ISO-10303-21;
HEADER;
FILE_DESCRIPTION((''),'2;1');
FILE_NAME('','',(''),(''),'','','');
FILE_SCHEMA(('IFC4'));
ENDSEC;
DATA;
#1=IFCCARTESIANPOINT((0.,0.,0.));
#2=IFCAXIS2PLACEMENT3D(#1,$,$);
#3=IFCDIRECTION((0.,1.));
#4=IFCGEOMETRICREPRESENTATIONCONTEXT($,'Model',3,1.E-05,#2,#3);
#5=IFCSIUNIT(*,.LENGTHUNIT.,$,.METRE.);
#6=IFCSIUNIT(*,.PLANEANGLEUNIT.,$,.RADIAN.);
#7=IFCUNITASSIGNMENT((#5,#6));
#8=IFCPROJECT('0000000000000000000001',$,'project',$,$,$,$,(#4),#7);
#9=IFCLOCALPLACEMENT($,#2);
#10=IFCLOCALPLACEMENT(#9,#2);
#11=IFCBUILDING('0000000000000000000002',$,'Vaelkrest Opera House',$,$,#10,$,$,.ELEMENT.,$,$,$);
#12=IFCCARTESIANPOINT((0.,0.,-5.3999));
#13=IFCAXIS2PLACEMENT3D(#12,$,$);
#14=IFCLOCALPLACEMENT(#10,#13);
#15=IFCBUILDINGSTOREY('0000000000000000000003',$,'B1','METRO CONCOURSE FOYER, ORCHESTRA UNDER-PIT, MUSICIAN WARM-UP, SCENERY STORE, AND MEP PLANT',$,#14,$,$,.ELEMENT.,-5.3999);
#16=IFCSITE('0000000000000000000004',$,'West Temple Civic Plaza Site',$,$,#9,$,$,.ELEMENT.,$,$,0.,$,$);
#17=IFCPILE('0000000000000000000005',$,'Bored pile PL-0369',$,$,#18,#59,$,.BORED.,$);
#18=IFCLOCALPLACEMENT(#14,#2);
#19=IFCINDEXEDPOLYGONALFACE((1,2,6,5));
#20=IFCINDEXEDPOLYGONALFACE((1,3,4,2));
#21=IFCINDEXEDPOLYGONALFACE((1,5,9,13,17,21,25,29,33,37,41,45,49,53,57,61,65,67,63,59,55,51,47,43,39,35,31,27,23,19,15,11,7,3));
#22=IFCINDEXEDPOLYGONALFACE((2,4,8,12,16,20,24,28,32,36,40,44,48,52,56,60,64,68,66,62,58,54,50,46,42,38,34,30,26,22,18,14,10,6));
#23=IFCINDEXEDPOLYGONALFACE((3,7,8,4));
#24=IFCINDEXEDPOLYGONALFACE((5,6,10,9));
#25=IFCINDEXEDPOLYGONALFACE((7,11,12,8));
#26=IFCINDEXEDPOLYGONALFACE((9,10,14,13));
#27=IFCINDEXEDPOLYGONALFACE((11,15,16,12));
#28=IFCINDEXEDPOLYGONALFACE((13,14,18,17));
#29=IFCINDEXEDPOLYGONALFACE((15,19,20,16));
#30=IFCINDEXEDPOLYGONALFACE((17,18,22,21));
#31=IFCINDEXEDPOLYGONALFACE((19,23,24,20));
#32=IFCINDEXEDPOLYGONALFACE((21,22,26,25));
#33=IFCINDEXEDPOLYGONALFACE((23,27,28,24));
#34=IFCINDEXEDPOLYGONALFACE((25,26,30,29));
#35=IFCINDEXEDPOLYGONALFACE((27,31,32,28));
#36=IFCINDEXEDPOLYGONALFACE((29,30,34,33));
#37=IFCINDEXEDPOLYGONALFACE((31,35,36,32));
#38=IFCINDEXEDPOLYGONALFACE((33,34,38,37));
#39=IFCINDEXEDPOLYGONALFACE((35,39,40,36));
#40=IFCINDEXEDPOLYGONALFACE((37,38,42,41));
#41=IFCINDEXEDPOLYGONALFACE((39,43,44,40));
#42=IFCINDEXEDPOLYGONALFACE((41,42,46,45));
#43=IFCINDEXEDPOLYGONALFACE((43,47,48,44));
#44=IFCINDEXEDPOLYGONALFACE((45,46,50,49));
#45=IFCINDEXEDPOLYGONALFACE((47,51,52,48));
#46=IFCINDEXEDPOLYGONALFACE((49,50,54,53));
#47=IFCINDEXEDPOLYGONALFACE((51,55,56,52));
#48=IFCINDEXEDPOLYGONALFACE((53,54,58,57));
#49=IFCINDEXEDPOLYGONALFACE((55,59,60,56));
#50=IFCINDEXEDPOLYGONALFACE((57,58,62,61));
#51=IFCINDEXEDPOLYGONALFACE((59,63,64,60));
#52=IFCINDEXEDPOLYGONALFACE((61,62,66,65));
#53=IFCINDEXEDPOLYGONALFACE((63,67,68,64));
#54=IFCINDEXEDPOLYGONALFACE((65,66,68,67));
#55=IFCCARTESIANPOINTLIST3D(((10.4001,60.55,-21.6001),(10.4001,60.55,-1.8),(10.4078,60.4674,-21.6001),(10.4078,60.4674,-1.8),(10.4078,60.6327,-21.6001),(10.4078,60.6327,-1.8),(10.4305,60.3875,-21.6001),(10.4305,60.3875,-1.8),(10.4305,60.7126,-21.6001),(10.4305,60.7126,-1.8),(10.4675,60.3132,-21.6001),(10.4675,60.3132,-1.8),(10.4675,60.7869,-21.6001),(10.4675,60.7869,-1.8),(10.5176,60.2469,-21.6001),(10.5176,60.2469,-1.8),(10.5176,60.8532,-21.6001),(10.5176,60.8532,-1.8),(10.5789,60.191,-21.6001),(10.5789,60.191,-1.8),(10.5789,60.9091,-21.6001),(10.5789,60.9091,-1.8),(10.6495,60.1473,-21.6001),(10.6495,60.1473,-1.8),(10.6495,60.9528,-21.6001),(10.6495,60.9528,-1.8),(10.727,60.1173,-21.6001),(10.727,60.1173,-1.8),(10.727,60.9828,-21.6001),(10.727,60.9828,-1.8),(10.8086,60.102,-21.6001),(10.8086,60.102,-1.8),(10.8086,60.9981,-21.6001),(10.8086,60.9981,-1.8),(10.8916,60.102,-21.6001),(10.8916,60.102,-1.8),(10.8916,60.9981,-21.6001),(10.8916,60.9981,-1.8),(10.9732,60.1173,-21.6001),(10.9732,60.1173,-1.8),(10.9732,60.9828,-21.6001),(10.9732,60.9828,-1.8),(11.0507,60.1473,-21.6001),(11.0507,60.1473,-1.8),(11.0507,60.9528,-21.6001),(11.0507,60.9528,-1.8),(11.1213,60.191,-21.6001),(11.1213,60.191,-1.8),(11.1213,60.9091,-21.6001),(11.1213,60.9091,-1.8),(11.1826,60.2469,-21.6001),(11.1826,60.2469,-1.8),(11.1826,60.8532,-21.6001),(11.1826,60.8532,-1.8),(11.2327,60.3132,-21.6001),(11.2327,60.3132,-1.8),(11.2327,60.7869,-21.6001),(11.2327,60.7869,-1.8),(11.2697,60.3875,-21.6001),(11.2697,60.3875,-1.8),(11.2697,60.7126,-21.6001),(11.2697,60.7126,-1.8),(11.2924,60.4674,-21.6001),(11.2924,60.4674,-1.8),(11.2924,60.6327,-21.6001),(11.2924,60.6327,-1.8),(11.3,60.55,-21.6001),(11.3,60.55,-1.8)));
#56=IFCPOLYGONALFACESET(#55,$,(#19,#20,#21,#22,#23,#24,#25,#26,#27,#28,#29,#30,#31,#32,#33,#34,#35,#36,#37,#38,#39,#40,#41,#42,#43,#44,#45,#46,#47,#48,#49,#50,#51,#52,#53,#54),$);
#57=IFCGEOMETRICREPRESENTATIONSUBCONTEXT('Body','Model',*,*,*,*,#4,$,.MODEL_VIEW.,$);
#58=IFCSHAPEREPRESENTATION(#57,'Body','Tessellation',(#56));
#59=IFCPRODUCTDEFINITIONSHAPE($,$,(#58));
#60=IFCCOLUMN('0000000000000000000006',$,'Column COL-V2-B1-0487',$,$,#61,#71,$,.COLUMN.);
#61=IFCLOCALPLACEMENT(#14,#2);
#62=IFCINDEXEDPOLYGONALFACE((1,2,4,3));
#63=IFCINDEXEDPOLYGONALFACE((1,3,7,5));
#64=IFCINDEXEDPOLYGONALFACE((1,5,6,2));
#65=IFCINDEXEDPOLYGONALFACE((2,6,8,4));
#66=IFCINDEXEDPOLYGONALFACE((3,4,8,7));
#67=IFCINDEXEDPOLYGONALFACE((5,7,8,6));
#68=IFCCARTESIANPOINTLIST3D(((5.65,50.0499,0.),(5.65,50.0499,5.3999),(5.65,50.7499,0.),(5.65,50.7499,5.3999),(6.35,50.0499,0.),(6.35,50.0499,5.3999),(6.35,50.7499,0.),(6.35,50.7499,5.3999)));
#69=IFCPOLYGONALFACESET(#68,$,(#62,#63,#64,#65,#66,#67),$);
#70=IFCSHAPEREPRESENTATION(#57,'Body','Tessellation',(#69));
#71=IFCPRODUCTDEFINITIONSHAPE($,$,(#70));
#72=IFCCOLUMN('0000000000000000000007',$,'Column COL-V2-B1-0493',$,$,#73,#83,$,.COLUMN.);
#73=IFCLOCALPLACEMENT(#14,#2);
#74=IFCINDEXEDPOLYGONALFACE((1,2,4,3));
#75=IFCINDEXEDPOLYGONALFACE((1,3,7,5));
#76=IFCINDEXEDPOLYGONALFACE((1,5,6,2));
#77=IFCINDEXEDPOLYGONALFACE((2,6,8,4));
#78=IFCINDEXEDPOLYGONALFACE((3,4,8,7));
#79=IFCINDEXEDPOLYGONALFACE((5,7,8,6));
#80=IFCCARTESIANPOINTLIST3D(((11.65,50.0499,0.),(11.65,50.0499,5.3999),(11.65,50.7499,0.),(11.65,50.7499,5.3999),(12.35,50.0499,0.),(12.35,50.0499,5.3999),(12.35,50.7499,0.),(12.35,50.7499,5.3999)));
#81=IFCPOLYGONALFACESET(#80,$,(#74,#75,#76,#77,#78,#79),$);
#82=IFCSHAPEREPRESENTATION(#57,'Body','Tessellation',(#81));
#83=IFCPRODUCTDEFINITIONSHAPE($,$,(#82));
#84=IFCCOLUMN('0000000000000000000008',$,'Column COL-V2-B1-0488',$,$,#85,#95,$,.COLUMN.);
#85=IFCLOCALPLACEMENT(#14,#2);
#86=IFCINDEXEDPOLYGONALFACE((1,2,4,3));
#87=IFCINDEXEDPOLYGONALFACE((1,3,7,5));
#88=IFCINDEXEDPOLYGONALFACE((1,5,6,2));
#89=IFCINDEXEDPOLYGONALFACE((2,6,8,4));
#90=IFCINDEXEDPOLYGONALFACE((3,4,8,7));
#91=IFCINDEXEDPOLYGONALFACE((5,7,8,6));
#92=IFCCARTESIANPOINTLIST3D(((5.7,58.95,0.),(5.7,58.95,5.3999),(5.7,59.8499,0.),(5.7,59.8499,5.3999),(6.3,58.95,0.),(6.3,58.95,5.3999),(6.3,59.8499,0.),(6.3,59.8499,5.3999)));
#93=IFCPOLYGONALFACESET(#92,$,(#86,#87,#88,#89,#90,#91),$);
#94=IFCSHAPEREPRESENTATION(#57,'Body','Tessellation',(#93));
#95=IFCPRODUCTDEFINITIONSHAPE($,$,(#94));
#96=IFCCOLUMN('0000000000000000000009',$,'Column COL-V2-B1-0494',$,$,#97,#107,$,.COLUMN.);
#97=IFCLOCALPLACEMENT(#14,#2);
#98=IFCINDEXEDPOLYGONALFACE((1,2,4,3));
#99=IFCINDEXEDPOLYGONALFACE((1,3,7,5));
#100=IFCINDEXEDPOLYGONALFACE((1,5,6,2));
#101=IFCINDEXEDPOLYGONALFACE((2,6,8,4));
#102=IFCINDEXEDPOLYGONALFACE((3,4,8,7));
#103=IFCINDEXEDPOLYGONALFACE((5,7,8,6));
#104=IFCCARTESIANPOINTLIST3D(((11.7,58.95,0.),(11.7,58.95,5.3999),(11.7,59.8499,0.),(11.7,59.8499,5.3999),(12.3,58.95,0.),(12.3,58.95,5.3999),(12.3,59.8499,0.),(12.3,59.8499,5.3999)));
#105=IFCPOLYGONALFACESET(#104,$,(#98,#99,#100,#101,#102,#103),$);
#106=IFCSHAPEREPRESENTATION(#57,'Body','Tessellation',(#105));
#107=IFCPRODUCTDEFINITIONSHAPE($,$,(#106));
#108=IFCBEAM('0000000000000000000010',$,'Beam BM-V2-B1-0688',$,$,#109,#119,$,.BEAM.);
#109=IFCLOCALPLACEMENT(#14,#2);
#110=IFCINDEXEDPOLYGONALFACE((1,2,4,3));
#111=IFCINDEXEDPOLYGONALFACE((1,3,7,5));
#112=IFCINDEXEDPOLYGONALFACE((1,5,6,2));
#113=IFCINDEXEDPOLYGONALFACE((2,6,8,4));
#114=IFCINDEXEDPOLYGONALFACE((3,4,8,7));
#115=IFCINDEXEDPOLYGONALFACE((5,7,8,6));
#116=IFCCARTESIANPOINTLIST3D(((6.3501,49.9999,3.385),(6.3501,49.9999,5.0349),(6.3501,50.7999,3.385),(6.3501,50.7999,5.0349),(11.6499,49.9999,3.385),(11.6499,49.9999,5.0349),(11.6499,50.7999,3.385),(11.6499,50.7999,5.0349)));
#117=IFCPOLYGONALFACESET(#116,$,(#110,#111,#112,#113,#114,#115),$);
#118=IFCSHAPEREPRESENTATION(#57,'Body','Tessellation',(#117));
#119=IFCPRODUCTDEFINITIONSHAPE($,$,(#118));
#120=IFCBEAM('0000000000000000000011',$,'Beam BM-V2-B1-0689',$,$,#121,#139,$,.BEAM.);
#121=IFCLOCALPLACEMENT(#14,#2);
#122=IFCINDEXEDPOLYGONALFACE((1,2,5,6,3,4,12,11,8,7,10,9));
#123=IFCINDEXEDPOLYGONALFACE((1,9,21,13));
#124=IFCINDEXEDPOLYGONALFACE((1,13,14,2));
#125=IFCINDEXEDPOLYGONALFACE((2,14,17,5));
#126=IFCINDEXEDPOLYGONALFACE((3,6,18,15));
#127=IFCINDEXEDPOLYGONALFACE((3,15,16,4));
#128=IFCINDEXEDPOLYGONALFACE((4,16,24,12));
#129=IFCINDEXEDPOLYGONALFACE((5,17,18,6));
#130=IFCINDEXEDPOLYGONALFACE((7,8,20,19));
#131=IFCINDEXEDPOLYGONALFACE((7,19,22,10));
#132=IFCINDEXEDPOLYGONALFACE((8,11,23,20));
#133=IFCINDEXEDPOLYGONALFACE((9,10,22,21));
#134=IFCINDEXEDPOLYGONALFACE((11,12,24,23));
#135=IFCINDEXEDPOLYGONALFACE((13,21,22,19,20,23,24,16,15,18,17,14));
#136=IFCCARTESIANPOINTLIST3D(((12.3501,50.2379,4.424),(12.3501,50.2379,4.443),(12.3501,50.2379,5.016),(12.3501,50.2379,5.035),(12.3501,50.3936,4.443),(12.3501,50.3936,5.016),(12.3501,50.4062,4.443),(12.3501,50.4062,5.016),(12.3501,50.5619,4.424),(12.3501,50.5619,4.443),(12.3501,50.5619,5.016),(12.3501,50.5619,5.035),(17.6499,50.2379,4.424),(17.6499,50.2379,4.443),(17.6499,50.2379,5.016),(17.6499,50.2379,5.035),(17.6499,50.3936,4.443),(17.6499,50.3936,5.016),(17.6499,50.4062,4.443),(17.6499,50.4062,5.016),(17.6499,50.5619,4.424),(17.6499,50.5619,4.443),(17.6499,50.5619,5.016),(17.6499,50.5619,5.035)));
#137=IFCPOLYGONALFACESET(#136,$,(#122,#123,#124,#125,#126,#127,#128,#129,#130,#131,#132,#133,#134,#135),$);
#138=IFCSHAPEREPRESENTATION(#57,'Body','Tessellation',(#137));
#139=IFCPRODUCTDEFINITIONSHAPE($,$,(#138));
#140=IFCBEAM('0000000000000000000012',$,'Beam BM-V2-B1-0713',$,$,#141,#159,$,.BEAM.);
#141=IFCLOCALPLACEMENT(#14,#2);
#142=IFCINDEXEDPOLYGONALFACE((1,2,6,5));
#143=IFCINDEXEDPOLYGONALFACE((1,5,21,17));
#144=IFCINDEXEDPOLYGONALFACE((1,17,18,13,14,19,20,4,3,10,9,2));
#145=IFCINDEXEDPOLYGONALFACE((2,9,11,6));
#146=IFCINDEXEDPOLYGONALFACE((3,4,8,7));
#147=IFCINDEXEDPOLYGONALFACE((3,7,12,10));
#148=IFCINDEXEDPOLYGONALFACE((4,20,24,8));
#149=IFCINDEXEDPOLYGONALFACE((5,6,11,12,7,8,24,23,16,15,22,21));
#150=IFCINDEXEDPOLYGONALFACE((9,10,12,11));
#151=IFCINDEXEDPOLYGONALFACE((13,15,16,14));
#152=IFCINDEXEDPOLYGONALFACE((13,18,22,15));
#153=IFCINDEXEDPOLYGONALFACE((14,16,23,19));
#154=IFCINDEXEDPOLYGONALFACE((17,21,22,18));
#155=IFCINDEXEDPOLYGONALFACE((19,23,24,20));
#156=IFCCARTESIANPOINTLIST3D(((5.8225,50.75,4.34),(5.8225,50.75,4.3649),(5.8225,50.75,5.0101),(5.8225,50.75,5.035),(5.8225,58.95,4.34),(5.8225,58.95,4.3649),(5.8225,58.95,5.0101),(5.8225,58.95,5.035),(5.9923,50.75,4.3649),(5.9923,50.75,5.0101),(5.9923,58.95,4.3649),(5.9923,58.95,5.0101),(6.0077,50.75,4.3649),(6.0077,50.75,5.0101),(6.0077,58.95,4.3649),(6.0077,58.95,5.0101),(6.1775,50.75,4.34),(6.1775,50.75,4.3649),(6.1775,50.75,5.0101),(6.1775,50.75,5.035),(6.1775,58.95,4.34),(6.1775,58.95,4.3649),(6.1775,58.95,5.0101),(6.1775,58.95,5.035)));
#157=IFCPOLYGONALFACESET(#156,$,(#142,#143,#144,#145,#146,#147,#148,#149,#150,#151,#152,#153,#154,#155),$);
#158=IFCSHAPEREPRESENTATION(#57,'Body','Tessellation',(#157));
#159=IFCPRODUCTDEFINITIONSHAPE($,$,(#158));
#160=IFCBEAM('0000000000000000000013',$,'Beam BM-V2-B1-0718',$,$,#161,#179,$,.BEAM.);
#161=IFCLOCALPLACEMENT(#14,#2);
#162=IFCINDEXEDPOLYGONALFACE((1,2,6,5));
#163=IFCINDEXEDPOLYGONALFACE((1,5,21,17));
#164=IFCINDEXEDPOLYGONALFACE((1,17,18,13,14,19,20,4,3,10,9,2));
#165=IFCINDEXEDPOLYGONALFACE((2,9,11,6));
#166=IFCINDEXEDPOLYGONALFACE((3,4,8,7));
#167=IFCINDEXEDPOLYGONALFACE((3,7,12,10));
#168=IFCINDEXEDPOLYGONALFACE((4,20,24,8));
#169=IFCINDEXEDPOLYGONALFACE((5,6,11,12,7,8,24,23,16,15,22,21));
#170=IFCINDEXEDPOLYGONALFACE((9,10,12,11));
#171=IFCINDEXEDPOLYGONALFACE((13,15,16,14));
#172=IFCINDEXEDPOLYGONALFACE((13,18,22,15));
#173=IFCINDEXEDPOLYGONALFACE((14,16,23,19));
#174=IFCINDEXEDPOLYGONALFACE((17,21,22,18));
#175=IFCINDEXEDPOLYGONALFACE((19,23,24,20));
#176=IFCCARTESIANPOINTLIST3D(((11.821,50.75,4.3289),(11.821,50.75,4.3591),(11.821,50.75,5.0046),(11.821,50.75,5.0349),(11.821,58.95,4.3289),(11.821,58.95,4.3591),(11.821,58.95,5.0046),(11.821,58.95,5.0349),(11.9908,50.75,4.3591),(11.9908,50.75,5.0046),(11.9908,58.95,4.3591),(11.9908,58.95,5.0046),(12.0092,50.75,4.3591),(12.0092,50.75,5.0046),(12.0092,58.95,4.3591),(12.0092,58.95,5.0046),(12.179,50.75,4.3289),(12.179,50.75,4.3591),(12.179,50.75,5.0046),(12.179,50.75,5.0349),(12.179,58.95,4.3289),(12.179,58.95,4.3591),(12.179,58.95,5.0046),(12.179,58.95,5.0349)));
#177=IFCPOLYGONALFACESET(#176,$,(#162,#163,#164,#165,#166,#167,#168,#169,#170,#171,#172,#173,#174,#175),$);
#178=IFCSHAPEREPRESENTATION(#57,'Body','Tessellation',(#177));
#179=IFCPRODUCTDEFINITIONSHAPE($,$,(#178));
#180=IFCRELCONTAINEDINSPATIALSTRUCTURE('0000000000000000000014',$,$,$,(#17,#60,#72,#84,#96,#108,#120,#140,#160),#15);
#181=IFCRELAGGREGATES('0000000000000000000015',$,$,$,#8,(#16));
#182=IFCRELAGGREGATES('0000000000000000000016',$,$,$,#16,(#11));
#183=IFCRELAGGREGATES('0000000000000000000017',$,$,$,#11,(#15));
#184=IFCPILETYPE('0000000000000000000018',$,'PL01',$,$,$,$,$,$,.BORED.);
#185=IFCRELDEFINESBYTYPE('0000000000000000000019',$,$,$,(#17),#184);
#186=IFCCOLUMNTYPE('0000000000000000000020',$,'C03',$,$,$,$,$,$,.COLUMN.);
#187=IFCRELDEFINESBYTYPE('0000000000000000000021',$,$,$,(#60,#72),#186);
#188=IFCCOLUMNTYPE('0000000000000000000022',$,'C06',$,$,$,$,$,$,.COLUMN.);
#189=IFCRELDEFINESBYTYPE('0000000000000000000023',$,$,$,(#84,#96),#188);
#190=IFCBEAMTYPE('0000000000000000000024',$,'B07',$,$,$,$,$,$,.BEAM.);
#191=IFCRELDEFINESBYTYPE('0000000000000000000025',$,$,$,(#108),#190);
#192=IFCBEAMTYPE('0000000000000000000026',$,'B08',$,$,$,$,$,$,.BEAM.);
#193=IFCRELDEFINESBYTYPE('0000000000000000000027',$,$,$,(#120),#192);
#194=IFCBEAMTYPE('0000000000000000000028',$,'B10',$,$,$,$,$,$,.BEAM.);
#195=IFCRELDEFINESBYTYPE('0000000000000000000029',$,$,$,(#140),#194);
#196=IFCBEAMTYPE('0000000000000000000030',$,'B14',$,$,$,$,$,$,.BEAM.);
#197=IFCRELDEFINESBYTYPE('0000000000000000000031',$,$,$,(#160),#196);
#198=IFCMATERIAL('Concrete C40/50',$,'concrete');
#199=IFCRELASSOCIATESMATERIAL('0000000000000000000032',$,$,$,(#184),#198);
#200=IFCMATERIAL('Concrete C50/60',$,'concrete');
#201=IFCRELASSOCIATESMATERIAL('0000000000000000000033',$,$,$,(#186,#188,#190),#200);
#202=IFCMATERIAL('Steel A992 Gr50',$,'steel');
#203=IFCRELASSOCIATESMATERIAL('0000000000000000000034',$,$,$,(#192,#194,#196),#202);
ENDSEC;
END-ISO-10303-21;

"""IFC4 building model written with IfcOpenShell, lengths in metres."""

from ifc_helpers import new_model, si_unit, direction, frame, origin, origin_2d, place, context, subcontext, project, spatial, rectangle, circle, i_section, extrude, material, material_profile, profile_set, type_object, element, save


model = new_model("IFC4")

# Units and contexts
model_context = context("Model", 3, precision=1e-05, world=origin(), true_north=direction((0.0, 1.0)))
body_context = subcontext(model_context, "Body", "Model", "MODEL_VIEW")
ifc_project = project(units=[si_unit("LENGTHUNIT", "METRE"), si_unit("PLANEANGLEUNIT", "RADIAN")], contexts=[model_context])

# Site, building, storey
site_placement = place(None, origin())
site = spatial("IfcSite", under=ifc_project, at=site_placement, Name="West Temple Civic Plaza Site", CompositionType="ELEMENT", RefElevation=0.0)
building_placement = place(site_placement, origin())
building = spatial("IfcBuilding", under=site, at=building_placement, Name="Vaelkrest Opera House", CompositionType="ELEMENT")
storey_placement = place(building_placement, frame((0.0, 0.0, -5.3999)))
storey = spatial("IfcBuildingStorey", under=building, at=storey_placement, Name="B1", Description="METRO CONCOURSE FOYER, ORCHESTRA UNDER-PIT, MUSICIAN WARM-UP, SCENERY STORE, AND MEP PLANT", CompositionType="ELEMENT", Elevation=-5.3999)

# Shared definitions
ifc_material_1 = material(Name="Concrete C40/50", Category="concrete")

# Pile
ifc_material_profile_1 = material_profile(ifc_material_1, circle(Radius=0.45, at=origin_2d()), Name="PILE900")
ifc_profile_set_1 = profile_set([ifc_material_profile_1], Name="Concrete C40/50")
pile_type = type_object("IfcPileType", Name="PL01", PredefinedType="BORED", material=ifc_profile_set_1)
for number, where, z_axis, x_axis, name in (
    (1, (10.8501, 60.55, -1.8), (0.0, 0.0, -1.0), (1.0, 0.0, 0.0), "Bored pile PL-0369"),
):
    element("IfcPile", number, at=place(storey_placement, frame(where, z_axis=z_axis, x_axis=x_axis)), inside=storey, type_object=pile_type, Name=name, PredefinedType="BORED", context=body_context, shape_type="SweptSolid", body=[
        extrude(circle(Radius=0.45, at=origin_2d()), origin(), (0.0, 0.0, 1.0), 19.8),
    ])

# Columns
ifc_material_2 = material(Name="Concrete C50/60", Category="concrete")
ifc_material_profile_2 = material_profile(ifc_material_2, rectangle(XDim=0.7, YDim=0.7, at=origin_2d()), Name="RC700X700")
ifc_profile_set_2 = profile_set([ifc_material_profile_2], Name="Concrete C50/60")
column_type_1 = type_object("IfcColumnType", Name="C03", PredefinedType="COLUMN", material=ifc_profile_set_2)
for number, where, z_axis, x_axis, name in (
    (2, (6.0, 50.3999, 0.0), (0.0, 0.0, 1.0), (1.0, 0.0, 0.0), "Column COL-V2-B1-0487"),
    (3, (12.0, 50.3999, 0.0), (0.0, 0.0, 1.0), (1.0, 0.0, 0.0), "Column COL-V2-B1-0493"),
):
    element("IfcColumn", number, at=place(storey_placement, frame(where, z_axis=z_axis, x_axis=x_axis)), inside=storey, type_object=column_type_1, Name=name, PredefinedType="COLUMN", context=body_context, shape_type="SweptSolid", body=[
        extrude(rectangle(XDim=0.7, YDim=0.7, at=origin_2d()), origin(), (0.0, 0.0, 1.0), 5.3999),
    ])
ifc_material_profile_3 = material_profile(ifc_material_2, rectangle(XDim=0.6001, YDim=0.8999, at=origin_2d()), Name="RC600X900")
ifc_profile_set_3 = profile_set([ifc_material_profile_3], Name="Concrete C50/60")
column_type_2 = type_object("IfcColumnType", Name="C06", PredefinedType="COLUMN", material=ifc_profile_set_3)
for number, where, z_axis, x_axis, name in (
    (4, (6.0, 59.3999, 0.0), (0.0, 0.0, 1.0), (1.0, 0.0, 0.0), "Column COL-V2-B1-0488"),
    (5, (12.0, 59.3999, 0.0), (0.0, 0.0, 1.0), (1.0, 0.0, 0.0), "Column COL-V2-B1-0494"),
):
    element("IfcColumn", number, at=place(storey_placement, frame(where, z_axis=z_axis, x_axis=x_axis)), inside=storey, type_object=column_type_2, Name=name, PredefinedType="COLUMN", context=body_context, shape_type="SweptSolid", body=[
        extrude(rectangle(XDim=0.6001, YDim=0.8999, at=origin_2d()), origin(), (0.0, 0.0, 1.0), 5.3999),
    ])

# Beams
ifc_material_profile_4 = material_profile(ifc_material_2, rectangle(XDim=0.8, YDim=1.6499, at=origin_2d()), Name="RCB800X1650")
ifc_profile_set_4 = profile_set([ifc_material_profile_4], Name="Concrete C50/60")
beam_type_1 = type_object("IfcBeamType", Name="B07", PredefinedType="BEAM", material=ifc_profile_set_4)
beam_1_placement = place(storey_placement, frame((6.3501, 50.3999, 4.21), z_axis=(1.0, 0.0, 0.0), x_axis=(0.0, 1.0, 0.0)))
element("IfcBeam", 6, at=beam_1_placement, inside=storey, type_object=beam_type_1, Name="Beam BM-V2-B1-0688", PredefinedType="BEAM", context=body_context, shape_type="SweptSolid", body=[
    extrude(rectangle(XDim=0.8, YDim=1.6499, at=origin_2d()), origin(), (0.0, 0.0, 1.0), 5.2998),
])
ifc_material_3 = material(Name="Steel A992 Gr50", Category="steel")
ifc_material_profile_5 = material_profile(ifc_material_3, i_section(OverallWidth=0.324, OverallDepth=0.6111, WebThickness=0.0127, FlangeThickness=0.019, at=origin_2d()), Name="W24X104")
ifc_profile_set_5 = profile_set([ifc_material_profile_5], Name="Steel A992 Gr50")
beam_type_2 = type_object("IfcBeamType", Name="B08", PredefinedType="BEAM", material=ifc_profile_set_5)
beam_2_placement = place(storey_placement, frame((12.3501, 50.3999, 4.7295), z_axis=(1.0, 0.0, 0.0), x_axis=(0.0, 1.0, 0.0)))
element("IfcBeam", 7, at=beam_2_placement, inside=storey, type_object=beam_type_2, Name="Beam BM-V2-B1-0689", PredefinedType="BEAM", context=body_context, shape_type="SweptSolid", body=[
    extrude(i_section(OverallWidth=0.324, OverallDepth=0.6111, WebThickness=0.0127, FlangeThickness=0.019, at=origin_2d()), origin(), (0.0, 0.0, 1.0), 5.2998),
])
ifc_material_profile_6 = material_profile(ifc_material_3, i_section(OverallWidth=0.355, OverallDepth=0.6951, WebThickness=0.0154, FlangeThickness=0.0249, at=origin_2d()), Name="W27X146")
ifc_profile_set_6 = profile_set([ifc_material_profile_6], Name="Steel A992 Gr50")
beam_type_3 = type_object("IfcBeamType", Name="B10", PredefinedType="BEAM", material=ifc_profile_set_6)
beam_3_placement = place(storey_placement, frame((6.0, 50.75, 4.6875), z_axis=(0.0, 1.0, 0.0), x_axis=(-1.0, 0.0, 0.0)))
element("IfcBeam", 8, at=beam_3_placement, inside=storey, type_object=beam_type_3, Name="Beam BM-V2-B1-0713", PredefinedType="BEAM", context=body_context, shape_type="SweptSolid", body=[
    extrude(i_section(OverallWidth=0.355, OverallDepth=0.6951, WebThickness=0.0154, FlangeThickness=0.0249, at=origin_2d()), origin(), (0.0, 0.0, 1.0), 8.2),
])
ifc_material_profile_7 = material_profile(ifc_material_3, i_section(OverallWidth=0.3579, OverallDepth=0.7061, WebThickness=0.0183, FlangeThickness=0.0303, at=origin_2d()), Name="W27X178")
ifc_profile_set_7 = profile_set([ifc_material_profile_7], Name="Steel A992 Gr50")
beam_type_4 = type_object("IfcBeamType", Name="B14", PredefinedType="BEAM", material=ifc_profile_set_7)
beam_4_placement = place(storey_placement, frame((12.0, 50.75, 4.6819), z_axis=(0.0, 1.0, 0.0), x_axis=(-1.0, 0.0, 0.0)))
element("IfcBeam", 9, at=beam_4_placement, inside=storey, type_object=beam_type_4, Name="Beam BM-V2-B1-0718", PredefinedType="BEAM", context=body_context, shape_type="SweptSolid", body=[
    extrude(i_section(OverallWidth=0.3579, OverallDepth=0.7061, WebThickness=0.0183, FlangeThickness=0.0303, at=origin_2d()), origin(), (0.0, 0.0, 1.0), 8.2),
])

save(model, "model.ifc")
